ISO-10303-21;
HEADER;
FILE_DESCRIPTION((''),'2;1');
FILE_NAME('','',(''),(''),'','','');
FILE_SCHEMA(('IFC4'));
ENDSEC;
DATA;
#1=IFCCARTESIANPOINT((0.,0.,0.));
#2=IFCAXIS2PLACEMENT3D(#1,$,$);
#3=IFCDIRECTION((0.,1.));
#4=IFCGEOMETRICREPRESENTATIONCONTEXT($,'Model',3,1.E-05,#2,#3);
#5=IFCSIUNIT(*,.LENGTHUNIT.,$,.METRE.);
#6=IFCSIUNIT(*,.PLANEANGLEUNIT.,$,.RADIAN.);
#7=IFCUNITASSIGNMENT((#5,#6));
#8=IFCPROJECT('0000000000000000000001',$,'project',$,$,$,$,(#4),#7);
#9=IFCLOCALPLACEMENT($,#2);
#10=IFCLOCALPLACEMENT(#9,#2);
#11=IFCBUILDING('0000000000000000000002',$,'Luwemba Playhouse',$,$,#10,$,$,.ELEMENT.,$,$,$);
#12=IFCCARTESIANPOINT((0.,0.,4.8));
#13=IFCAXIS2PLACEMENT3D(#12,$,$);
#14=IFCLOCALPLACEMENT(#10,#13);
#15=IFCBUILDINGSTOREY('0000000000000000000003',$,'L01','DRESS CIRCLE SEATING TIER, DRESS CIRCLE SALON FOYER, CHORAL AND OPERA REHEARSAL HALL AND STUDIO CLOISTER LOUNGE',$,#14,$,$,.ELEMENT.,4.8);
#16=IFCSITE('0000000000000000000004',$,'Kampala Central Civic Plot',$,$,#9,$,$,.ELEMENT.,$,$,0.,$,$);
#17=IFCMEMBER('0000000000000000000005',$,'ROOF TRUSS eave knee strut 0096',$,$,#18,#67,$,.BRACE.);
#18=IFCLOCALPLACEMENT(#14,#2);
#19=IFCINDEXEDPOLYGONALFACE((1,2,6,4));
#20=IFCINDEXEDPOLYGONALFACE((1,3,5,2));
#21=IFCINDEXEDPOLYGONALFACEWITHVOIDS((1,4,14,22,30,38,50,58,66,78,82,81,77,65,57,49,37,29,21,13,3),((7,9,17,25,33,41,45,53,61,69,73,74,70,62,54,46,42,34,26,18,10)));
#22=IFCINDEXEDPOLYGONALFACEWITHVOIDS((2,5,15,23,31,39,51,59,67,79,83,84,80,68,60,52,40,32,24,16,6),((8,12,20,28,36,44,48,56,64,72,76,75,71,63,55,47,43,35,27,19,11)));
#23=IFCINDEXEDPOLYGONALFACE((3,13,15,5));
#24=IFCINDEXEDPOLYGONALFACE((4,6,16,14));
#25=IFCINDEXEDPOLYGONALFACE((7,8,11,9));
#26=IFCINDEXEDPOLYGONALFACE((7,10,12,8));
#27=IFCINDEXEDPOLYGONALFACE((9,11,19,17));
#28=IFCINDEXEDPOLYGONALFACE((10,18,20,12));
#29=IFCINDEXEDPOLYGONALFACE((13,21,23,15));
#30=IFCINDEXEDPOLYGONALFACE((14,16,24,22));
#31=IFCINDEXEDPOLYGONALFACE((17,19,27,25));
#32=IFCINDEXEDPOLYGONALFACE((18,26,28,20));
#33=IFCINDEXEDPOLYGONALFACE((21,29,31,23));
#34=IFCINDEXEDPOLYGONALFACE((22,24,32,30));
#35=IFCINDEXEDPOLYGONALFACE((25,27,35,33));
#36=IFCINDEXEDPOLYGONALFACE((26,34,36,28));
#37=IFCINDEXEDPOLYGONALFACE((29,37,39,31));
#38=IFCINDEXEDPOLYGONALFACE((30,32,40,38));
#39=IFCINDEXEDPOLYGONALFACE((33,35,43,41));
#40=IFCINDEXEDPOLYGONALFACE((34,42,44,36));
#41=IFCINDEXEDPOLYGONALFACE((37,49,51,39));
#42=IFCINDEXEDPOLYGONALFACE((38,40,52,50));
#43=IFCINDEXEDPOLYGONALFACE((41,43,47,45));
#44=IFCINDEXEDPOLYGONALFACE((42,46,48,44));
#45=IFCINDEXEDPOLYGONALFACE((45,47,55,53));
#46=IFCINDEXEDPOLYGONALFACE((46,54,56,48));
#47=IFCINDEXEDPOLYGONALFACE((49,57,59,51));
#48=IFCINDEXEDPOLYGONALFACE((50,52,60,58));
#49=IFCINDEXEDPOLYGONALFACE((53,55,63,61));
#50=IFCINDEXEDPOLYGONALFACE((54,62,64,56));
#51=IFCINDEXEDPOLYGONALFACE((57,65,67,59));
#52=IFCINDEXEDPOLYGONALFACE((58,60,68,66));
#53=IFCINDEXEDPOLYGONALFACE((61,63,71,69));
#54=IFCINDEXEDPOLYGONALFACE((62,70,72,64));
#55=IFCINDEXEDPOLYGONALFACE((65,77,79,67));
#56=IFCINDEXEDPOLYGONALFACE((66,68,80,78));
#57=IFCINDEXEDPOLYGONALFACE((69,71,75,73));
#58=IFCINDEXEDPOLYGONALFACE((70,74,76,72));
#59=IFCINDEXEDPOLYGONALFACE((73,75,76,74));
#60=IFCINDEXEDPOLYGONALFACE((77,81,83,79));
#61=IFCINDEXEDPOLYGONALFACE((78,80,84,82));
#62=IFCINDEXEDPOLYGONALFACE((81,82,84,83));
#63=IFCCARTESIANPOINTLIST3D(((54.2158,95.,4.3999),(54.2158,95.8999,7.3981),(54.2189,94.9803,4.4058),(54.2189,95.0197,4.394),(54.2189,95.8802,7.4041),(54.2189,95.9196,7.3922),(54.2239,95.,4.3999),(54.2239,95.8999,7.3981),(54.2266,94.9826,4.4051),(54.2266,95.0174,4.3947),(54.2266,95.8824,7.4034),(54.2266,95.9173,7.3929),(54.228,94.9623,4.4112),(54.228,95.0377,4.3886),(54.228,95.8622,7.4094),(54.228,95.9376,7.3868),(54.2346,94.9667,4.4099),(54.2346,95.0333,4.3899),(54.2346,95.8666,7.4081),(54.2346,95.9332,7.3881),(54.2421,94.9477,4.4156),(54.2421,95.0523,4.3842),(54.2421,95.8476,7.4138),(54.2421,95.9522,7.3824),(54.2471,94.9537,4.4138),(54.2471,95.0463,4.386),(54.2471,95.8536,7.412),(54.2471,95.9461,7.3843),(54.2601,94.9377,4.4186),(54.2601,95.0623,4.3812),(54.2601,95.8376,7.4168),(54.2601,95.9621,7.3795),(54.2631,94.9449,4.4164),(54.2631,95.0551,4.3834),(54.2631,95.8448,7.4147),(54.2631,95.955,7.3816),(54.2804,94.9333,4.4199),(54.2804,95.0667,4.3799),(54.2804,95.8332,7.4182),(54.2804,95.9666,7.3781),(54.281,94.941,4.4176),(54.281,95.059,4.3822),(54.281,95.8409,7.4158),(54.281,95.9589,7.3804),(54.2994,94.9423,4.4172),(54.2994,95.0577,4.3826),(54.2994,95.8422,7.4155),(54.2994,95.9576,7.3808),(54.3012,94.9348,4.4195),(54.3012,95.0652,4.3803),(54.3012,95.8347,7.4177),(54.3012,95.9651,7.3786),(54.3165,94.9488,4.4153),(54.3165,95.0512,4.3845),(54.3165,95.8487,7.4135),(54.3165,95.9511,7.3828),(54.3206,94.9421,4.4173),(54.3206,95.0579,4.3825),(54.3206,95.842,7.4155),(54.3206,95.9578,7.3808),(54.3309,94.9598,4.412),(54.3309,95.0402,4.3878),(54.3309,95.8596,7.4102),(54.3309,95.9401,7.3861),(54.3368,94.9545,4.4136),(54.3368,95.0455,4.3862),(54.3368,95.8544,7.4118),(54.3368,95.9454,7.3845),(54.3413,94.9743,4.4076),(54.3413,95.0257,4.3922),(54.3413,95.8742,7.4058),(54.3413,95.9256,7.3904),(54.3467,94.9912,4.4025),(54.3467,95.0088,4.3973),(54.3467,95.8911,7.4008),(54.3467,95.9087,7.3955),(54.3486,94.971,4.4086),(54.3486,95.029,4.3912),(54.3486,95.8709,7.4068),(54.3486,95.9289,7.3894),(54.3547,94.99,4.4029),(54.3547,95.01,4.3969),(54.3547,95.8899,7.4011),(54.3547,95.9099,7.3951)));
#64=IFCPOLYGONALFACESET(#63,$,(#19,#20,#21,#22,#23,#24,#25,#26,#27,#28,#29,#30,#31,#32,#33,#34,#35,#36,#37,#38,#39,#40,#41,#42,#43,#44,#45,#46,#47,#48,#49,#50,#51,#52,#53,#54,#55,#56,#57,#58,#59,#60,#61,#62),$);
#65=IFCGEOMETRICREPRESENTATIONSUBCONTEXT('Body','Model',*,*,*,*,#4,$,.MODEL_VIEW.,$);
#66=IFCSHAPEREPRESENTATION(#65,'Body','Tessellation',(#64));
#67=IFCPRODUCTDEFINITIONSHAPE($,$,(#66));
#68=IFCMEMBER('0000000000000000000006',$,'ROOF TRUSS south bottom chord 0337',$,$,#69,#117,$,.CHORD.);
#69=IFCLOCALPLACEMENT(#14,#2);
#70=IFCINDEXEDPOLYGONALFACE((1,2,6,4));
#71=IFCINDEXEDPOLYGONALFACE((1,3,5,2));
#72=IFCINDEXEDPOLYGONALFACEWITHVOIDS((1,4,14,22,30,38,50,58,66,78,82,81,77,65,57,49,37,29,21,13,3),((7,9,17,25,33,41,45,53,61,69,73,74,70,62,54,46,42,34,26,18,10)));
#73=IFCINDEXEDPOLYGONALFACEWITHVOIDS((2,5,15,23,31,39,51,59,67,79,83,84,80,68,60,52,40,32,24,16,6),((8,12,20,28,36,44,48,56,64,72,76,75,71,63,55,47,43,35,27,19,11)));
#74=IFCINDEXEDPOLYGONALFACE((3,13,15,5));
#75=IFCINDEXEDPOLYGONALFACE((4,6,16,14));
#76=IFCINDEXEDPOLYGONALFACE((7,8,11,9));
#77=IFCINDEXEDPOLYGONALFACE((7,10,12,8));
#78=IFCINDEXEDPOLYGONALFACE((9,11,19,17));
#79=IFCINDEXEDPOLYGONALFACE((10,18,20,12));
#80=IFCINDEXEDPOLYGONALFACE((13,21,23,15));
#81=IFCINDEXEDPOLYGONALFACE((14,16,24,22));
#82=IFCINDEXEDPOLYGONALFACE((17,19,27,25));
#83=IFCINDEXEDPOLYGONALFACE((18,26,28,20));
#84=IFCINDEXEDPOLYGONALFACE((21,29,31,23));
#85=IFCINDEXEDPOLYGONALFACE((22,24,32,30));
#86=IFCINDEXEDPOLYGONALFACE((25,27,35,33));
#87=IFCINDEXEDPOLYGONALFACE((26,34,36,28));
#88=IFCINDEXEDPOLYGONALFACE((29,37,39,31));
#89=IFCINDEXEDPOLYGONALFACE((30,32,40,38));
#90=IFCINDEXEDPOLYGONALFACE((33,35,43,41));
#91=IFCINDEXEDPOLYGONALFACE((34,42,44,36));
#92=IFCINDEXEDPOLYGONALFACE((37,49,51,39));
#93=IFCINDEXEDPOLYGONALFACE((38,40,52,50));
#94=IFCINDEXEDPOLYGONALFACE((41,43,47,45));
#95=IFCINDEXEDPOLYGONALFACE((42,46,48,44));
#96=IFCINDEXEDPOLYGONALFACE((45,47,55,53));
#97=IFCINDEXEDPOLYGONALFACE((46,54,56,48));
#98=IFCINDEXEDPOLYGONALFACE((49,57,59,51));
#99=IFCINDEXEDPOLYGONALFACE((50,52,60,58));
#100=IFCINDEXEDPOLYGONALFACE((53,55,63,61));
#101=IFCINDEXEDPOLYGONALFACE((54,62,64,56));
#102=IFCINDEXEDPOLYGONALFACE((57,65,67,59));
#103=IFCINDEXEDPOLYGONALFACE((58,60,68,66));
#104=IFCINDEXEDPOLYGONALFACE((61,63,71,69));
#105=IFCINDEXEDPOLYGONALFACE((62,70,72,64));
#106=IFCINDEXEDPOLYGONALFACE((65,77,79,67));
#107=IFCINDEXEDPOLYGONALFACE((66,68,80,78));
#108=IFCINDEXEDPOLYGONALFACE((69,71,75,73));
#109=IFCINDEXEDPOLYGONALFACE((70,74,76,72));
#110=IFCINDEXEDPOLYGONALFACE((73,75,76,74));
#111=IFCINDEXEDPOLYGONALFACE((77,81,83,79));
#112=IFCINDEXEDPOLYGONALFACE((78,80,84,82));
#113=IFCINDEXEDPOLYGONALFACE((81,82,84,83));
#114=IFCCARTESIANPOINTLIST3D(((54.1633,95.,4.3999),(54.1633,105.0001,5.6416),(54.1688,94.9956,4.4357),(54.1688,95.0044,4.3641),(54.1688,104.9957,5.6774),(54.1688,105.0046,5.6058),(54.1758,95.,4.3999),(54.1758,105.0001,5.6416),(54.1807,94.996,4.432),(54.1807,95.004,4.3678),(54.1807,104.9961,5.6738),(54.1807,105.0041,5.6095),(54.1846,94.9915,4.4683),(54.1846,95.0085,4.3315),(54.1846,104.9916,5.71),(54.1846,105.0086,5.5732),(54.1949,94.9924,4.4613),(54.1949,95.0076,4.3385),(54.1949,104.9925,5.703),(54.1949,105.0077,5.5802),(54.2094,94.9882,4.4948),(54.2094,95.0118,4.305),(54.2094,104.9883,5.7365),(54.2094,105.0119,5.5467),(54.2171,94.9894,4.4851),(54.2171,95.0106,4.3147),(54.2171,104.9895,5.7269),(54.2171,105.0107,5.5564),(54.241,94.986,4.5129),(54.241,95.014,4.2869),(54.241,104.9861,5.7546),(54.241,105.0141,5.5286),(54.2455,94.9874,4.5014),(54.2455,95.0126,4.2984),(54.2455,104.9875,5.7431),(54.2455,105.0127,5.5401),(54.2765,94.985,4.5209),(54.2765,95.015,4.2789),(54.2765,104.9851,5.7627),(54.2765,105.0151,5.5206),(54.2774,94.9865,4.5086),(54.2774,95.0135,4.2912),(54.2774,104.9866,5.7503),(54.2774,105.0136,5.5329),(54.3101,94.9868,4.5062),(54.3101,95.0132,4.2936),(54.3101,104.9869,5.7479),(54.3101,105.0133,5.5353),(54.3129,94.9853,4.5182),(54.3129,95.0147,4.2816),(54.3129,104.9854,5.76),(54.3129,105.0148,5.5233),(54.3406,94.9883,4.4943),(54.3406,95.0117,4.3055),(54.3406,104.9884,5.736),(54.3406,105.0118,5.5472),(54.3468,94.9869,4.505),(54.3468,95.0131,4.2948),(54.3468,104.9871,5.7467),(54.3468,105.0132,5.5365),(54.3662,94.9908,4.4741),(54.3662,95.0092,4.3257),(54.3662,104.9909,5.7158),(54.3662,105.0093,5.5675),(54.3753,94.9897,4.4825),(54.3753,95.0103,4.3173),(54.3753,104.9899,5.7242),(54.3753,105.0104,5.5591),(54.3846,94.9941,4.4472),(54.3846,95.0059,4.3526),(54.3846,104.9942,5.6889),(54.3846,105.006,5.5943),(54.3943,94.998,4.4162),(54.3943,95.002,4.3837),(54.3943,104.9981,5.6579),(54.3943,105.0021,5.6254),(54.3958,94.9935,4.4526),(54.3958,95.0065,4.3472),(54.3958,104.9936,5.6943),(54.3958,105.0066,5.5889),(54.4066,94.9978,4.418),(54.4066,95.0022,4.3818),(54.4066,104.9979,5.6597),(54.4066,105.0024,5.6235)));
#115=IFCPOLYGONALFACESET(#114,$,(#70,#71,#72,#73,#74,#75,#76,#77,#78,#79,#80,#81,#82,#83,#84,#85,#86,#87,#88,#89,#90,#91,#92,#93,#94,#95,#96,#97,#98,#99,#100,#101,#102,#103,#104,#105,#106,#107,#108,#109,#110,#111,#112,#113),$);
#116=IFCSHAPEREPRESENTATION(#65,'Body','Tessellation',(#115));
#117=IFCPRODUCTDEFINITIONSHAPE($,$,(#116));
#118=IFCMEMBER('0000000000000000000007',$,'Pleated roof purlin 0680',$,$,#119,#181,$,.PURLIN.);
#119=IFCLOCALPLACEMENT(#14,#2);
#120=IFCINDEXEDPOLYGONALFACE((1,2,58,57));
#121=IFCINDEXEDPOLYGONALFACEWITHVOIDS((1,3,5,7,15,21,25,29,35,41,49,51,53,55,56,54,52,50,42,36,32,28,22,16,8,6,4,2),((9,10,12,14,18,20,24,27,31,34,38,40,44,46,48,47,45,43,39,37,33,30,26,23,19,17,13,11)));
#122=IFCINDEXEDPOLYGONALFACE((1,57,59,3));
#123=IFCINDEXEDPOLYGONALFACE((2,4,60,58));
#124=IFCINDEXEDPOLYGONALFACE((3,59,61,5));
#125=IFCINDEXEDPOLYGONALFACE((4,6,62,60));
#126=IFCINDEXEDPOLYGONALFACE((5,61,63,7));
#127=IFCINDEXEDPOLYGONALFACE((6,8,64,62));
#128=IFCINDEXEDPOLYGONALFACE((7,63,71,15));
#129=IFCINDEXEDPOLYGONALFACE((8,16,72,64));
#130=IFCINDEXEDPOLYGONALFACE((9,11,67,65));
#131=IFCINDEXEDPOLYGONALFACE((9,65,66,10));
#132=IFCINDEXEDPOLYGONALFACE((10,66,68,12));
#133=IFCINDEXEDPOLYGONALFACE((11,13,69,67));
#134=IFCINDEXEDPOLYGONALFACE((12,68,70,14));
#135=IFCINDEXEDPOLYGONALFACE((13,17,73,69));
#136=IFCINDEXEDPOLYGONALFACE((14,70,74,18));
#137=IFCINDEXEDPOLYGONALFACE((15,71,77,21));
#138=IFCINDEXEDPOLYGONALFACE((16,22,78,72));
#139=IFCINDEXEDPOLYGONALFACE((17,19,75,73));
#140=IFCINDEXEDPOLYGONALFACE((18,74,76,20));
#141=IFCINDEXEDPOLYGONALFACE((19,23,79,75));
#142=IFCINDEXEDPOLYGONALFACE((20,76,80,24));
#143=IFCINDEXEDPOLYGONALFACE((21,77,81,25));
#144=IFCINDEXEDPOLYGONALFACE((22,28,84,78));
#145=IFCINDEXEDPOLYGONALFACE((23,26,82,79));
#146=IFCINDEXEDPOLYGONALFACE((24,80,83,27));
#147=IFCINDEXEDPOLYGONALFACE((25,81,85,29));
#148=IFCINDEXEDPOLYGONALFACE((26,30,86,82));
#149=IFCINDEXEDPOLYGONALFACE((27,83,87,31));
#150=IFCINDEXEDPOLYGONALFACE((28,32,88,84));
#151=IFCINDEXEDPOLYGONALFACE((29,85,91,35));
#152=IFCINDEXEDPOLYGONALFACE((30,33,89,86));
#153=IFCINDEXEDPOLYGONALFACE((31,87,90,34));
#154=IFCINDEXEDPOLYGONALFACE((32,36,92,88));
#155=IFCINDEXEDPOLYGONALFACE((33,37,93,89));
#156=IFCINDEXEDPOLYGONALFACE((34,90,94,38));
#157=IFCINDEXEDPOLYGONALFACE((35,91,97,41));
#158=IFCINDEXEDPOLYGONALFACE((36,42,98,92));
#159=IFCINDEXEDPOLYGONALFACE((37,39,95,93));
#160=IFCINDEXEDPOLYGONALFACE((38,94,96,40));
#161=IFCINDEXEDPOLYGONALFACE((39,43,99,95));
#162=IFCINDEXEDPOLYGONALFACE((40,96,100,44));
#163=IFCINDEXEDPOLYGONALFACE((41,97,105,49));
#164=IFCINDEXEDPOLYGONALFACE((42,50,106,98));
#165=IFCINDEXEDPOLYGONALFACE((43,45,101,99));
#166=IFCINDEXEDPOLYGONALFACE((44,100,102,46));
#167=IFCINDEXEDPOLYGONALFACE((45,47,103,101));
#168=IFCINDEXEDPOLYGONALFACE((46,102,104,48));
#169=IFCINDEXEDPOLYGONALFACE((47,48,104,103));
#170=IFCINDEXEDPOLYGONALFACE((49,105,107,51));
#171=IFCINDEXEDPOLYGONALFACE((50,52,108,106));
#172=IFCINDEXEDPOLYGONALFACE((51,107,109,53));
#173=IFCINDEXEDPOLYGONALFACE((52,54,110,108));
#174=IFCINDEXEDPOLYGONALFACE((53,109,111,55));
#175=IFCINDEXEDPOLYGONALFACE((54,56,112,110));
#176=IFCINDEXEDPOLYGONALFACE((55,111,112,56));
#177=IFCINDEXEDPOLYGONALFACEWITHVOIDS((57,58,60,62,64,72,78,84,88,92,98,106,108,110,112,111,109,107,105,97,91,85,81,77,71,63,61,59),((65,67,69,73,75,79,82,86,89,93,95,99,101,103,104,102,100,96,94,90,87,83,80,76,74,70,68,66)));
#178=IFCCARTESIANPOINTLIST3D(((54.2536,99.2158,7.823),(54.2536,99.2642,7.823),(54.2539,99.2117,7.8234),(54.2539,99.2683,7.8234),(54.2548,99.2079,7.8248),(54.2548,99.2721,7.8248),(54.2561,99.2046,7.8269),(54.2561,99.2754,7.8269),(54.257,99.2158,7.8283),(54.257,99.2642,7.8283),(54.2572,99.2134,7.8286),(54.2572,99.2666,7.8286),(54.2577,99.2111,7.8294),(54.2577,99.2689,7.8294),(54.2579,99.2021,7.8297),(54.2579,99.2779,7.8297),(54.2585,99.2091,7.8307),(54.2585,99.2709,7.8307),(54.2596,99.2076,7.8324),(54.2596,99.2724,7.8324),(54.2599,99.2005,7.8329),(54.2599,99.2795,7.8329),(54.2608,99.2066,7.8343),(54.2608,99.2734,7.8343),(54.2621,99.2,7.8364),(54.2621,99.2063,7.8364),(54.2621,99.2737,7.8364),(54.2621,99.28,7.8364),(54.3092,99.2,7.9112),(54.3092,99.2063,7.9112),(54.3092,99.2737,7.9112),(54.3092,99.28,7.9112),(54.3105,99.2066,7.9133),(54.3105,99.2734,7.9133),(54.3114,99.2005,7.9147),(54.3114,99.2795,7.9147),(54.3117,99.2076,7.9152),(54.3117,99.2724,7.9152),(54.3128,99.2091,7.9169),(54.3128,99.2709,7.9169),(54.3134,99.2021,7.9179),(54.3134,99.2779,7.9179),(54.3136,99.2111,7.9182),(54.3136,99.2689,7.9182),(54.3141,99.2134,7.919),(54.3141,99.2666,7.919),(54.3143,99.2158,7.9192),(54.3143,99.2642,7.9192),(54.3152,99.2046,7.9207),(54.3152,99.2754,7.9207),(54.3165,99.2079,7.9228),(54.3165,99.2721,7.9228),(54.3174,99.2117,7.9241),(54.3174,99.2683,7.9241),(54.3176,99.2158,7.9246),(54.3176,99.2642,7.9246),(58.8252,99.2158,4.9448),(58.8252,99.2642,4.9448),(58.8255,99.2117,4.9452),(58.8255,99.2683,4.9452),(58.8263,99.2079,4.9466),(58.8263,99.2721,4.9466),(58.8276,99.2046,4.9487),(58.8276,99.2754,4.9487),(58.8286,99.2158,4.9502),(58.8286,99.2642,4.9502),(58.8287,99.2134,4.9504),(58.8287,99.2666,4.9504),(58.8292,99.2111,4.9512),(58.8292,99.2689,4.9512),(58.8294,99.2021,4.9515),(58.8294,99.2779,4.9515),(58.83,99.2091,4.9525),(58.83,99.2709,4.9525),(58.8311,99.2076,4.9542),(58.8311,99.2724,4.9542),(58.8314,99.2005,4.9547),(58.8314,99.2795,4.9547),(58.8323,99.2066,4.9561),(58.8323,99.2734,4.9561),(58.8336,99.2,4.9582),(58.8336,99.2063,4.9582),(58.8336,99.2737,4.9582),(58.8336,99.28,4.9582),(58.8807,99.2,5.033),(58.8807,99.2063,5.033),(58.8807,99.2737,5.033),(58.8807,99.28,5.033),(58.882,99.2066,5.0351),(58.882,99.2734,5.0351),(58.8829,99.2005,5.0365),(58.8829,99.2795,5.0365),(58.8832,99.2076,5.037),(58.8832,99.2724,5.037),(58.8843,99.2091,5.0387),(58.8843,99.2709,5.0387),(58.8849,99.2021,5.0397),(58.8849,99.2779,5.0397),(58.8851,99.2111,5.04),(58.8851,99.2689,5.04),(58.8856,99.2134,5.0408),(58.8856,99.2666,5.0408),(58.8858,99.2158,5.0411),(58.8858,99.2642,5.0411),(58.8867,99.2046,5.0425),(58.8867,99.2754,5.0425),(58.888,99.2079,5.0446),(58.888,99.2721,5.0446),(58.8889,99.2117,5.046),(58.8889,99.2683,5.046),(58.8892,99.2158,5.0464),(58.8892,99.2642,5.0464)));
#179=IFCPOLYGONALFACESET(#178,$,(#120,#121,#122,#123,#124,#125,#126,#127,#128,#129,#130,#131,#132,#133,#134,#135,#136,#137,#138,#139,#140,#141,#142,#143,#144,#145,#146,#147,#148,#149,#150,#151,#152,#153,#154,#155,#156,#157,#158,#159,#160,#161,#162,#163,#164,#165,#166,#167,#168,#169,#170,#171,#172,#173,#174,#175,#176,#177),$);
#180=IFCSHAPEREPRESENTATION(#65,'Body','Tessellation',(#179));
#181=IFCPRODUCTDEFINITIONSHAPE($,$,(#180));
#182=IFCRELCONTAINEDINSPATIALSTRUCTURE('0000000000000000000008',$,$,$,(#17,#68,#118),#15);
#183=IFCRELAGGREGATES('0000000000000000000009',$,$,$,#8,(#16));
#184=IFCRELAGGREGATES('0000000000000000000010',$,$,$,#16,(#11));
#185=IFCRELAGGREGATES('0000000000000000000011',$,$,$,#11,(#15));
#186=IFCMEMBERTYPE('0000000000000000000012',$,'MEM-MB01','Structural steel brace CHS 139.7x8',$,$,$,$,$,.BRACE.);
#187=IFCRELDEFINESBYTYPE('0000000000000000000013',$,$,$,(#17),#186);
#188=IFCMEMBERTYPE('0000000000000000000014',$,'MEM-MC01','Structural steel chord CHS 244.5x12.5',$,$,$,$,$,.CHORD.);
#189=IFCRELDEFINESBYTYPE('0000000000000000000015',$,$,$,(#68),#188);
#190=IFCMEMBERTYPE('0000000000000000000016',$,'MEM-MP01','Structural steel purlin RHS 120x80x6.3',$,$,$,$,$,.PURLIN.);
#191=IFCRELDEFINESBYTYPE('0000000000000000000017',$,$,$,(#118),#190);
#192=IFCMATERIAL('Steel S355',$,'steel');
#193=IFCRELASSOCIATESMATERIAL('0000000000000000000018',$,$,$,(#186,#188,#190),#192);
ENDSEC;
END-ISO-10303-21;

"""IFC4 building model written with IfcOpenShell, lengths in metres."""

from ifc_helpers import new_model, si_unit, direction, frame, origin, origin_2d, place, context, subcontext, project, spatial, hollow_rectangle, hollow_circle, extrude, material, material_profile, profile_set, type_object, element, save


model = new_model("IFC4")

# Units and contexts
model_context = context("Model", 3, precision=1e-05, world=origin(), true_north=direction((0.0, 1.0)))
body_context = subcontext(model_context, "Body", "Model", "MODEL_VIEW")
ifc_project = project(units=[si_unit("LENGTHUNIT", "METRE"), si_unit("PLANEANGLEUNIT", "RADIAN")], contexts=[model_context])

# Site, building, storey
site_placement = place(None, origin())
site = spatial("IfcSite", under=ifc_project, at=site_placement, Name="Kampala Central Civic Plot", CompositionType="ELEMENT", RefElevation=0.0)
building_placement = place(site_placement, origin())
building = spatial("IfcBuilding", under=site, at=building_placement, Name="Luwemba Playhouse", CompositionType="ELEMENT")
storey_placement = place(building_placement, frame((0.0, 0.0, 4.8)))
storey = spatial("IfcBuildingStorey", under=building, at=storey_placement, Name="L01", Description="DRESS CIRCLE SEATING TIER, DRESS CIRCLE SALON FOYER, CHORAL AND OPERA REHEARSAL HALL AND STUDIO CLOISTER LOUNGE", CompositionType="ELEMENT", Elevation=4.8)

# Shared definitions
ifc_material_1 = material(Name="Steel S355", Category="steel")

# Members
ifc_material_profile_1 = material_profile(ifc_material_1, hollow_circle(Radius=0.0698, WallThickness=0.0081, at=origin_2d()))
ifc_profile_set_1 = profile_set([ifc_material_profile_1], Name="Steel S355")
member_type_1 = type_object("IfcMemberType", Name="MEM-MB01", Description="Structural steel brace CHS 139.7x8", PredefinedType="BRACE", material=ifc_profile_set_1)
member_1_placement = place(storey_placement, frame((54.2856, 95.0, 4.3999), z_axis=(0.0, 0.28747, 0.95779), x_axis=(-1.0, 0.0, 0.0)))
element("IfcMember", 1, at=member_1_placement, inside=storey, type_object=member_type_1, Name="ROOF TRUSS eave knee strut 0096", PredefinedType="BRACE", context=body_context, shape_type="SweptSolid", body=[
    extrude(hollow_circle(Radius=0.0698, WallThickness=0.0081, at=origin_2d()), origin(), (0.0, 0.0, 1.0), 3.1304),
])
ifc_material_profile_2 = material_profile(ifc_material_1, hollow_circle(Radius=0.1223, WallThickness=0.0125, at=origin_2d()))
ifc_profile_set_2 = profile_set([ifc_material_profile_2], Name="Steel S355")
member_type_2 = type_object("IfcMemberType", Name="MEM-MC01", Description="Structural steel chord CHS 244.5x12.5", PredefinedType="CHORD", material=ifc_profile_set_2)
member_2_placement = place(storey_placement, frame((54.2856, 95.0, 4.3999), z_axis=(0.0, 0.992379, 0.123224), x_axis=(-1.0, 0.0, 0.0)))
element("IfcMember", 2, at=member_2_placement, inside=storey, type_object=member_type_2, Name="ROOF TRUSS south bottom chord 0337", PredefinedType="CHORD", context=body_context, shape_type="SweptSolid", body=[
    extrude(hollow_circle(Radius=0.1223, WallThickness=0.0125, at=origin_2d()), origin(), (0.0, 0.0, 1.0), 10.0769),
])
ifc_material_profile_3 = material_profile(ifc_material_1, hollow_rectangle(XDim=0.0801, YDim=0.1201, WallThickness=0.0063, InnerFilletRadius=0.0095, OuterFilletRadius=0.0159, at=origin_2d()))
ifc_profile_set_3 = profile_set([ifc_material_profile_3], Name="Steel S355")
member_type_3 = type_object("IfcMemberType", Name="MEM-MP01", Description="Structural steel purlin RHS 120x80x6.3", PredefinedType="PURLIN", material=ifc_profile_set_3)
member_3_placement = place(storey_placement, frame((54.2856, 99.24, 7.8738), z_axis=(0.846249, 0.0, -0.532787), x_axis=(0.0, 1.0, 0.0)))
element("IfcMember", 3, at=member_3_placement, inside=storey, type_object=member_type_3, Name="Pleated roof purlin 0680", PredefinedType="PURLIN", context=body_context, shape_type="SweptSolid", body=[
    extrude(hollow_rectangle(XDim=0.0801, YDim=0.1201, WallThickness=0.0063, InnerFilletRadius=0.0095, OuterFilletRadius=0.0159, at=origin_2d()), origin(), (0.0, 0.0, 1.0), 5.4021),
])

save(model, "model.ifc")
